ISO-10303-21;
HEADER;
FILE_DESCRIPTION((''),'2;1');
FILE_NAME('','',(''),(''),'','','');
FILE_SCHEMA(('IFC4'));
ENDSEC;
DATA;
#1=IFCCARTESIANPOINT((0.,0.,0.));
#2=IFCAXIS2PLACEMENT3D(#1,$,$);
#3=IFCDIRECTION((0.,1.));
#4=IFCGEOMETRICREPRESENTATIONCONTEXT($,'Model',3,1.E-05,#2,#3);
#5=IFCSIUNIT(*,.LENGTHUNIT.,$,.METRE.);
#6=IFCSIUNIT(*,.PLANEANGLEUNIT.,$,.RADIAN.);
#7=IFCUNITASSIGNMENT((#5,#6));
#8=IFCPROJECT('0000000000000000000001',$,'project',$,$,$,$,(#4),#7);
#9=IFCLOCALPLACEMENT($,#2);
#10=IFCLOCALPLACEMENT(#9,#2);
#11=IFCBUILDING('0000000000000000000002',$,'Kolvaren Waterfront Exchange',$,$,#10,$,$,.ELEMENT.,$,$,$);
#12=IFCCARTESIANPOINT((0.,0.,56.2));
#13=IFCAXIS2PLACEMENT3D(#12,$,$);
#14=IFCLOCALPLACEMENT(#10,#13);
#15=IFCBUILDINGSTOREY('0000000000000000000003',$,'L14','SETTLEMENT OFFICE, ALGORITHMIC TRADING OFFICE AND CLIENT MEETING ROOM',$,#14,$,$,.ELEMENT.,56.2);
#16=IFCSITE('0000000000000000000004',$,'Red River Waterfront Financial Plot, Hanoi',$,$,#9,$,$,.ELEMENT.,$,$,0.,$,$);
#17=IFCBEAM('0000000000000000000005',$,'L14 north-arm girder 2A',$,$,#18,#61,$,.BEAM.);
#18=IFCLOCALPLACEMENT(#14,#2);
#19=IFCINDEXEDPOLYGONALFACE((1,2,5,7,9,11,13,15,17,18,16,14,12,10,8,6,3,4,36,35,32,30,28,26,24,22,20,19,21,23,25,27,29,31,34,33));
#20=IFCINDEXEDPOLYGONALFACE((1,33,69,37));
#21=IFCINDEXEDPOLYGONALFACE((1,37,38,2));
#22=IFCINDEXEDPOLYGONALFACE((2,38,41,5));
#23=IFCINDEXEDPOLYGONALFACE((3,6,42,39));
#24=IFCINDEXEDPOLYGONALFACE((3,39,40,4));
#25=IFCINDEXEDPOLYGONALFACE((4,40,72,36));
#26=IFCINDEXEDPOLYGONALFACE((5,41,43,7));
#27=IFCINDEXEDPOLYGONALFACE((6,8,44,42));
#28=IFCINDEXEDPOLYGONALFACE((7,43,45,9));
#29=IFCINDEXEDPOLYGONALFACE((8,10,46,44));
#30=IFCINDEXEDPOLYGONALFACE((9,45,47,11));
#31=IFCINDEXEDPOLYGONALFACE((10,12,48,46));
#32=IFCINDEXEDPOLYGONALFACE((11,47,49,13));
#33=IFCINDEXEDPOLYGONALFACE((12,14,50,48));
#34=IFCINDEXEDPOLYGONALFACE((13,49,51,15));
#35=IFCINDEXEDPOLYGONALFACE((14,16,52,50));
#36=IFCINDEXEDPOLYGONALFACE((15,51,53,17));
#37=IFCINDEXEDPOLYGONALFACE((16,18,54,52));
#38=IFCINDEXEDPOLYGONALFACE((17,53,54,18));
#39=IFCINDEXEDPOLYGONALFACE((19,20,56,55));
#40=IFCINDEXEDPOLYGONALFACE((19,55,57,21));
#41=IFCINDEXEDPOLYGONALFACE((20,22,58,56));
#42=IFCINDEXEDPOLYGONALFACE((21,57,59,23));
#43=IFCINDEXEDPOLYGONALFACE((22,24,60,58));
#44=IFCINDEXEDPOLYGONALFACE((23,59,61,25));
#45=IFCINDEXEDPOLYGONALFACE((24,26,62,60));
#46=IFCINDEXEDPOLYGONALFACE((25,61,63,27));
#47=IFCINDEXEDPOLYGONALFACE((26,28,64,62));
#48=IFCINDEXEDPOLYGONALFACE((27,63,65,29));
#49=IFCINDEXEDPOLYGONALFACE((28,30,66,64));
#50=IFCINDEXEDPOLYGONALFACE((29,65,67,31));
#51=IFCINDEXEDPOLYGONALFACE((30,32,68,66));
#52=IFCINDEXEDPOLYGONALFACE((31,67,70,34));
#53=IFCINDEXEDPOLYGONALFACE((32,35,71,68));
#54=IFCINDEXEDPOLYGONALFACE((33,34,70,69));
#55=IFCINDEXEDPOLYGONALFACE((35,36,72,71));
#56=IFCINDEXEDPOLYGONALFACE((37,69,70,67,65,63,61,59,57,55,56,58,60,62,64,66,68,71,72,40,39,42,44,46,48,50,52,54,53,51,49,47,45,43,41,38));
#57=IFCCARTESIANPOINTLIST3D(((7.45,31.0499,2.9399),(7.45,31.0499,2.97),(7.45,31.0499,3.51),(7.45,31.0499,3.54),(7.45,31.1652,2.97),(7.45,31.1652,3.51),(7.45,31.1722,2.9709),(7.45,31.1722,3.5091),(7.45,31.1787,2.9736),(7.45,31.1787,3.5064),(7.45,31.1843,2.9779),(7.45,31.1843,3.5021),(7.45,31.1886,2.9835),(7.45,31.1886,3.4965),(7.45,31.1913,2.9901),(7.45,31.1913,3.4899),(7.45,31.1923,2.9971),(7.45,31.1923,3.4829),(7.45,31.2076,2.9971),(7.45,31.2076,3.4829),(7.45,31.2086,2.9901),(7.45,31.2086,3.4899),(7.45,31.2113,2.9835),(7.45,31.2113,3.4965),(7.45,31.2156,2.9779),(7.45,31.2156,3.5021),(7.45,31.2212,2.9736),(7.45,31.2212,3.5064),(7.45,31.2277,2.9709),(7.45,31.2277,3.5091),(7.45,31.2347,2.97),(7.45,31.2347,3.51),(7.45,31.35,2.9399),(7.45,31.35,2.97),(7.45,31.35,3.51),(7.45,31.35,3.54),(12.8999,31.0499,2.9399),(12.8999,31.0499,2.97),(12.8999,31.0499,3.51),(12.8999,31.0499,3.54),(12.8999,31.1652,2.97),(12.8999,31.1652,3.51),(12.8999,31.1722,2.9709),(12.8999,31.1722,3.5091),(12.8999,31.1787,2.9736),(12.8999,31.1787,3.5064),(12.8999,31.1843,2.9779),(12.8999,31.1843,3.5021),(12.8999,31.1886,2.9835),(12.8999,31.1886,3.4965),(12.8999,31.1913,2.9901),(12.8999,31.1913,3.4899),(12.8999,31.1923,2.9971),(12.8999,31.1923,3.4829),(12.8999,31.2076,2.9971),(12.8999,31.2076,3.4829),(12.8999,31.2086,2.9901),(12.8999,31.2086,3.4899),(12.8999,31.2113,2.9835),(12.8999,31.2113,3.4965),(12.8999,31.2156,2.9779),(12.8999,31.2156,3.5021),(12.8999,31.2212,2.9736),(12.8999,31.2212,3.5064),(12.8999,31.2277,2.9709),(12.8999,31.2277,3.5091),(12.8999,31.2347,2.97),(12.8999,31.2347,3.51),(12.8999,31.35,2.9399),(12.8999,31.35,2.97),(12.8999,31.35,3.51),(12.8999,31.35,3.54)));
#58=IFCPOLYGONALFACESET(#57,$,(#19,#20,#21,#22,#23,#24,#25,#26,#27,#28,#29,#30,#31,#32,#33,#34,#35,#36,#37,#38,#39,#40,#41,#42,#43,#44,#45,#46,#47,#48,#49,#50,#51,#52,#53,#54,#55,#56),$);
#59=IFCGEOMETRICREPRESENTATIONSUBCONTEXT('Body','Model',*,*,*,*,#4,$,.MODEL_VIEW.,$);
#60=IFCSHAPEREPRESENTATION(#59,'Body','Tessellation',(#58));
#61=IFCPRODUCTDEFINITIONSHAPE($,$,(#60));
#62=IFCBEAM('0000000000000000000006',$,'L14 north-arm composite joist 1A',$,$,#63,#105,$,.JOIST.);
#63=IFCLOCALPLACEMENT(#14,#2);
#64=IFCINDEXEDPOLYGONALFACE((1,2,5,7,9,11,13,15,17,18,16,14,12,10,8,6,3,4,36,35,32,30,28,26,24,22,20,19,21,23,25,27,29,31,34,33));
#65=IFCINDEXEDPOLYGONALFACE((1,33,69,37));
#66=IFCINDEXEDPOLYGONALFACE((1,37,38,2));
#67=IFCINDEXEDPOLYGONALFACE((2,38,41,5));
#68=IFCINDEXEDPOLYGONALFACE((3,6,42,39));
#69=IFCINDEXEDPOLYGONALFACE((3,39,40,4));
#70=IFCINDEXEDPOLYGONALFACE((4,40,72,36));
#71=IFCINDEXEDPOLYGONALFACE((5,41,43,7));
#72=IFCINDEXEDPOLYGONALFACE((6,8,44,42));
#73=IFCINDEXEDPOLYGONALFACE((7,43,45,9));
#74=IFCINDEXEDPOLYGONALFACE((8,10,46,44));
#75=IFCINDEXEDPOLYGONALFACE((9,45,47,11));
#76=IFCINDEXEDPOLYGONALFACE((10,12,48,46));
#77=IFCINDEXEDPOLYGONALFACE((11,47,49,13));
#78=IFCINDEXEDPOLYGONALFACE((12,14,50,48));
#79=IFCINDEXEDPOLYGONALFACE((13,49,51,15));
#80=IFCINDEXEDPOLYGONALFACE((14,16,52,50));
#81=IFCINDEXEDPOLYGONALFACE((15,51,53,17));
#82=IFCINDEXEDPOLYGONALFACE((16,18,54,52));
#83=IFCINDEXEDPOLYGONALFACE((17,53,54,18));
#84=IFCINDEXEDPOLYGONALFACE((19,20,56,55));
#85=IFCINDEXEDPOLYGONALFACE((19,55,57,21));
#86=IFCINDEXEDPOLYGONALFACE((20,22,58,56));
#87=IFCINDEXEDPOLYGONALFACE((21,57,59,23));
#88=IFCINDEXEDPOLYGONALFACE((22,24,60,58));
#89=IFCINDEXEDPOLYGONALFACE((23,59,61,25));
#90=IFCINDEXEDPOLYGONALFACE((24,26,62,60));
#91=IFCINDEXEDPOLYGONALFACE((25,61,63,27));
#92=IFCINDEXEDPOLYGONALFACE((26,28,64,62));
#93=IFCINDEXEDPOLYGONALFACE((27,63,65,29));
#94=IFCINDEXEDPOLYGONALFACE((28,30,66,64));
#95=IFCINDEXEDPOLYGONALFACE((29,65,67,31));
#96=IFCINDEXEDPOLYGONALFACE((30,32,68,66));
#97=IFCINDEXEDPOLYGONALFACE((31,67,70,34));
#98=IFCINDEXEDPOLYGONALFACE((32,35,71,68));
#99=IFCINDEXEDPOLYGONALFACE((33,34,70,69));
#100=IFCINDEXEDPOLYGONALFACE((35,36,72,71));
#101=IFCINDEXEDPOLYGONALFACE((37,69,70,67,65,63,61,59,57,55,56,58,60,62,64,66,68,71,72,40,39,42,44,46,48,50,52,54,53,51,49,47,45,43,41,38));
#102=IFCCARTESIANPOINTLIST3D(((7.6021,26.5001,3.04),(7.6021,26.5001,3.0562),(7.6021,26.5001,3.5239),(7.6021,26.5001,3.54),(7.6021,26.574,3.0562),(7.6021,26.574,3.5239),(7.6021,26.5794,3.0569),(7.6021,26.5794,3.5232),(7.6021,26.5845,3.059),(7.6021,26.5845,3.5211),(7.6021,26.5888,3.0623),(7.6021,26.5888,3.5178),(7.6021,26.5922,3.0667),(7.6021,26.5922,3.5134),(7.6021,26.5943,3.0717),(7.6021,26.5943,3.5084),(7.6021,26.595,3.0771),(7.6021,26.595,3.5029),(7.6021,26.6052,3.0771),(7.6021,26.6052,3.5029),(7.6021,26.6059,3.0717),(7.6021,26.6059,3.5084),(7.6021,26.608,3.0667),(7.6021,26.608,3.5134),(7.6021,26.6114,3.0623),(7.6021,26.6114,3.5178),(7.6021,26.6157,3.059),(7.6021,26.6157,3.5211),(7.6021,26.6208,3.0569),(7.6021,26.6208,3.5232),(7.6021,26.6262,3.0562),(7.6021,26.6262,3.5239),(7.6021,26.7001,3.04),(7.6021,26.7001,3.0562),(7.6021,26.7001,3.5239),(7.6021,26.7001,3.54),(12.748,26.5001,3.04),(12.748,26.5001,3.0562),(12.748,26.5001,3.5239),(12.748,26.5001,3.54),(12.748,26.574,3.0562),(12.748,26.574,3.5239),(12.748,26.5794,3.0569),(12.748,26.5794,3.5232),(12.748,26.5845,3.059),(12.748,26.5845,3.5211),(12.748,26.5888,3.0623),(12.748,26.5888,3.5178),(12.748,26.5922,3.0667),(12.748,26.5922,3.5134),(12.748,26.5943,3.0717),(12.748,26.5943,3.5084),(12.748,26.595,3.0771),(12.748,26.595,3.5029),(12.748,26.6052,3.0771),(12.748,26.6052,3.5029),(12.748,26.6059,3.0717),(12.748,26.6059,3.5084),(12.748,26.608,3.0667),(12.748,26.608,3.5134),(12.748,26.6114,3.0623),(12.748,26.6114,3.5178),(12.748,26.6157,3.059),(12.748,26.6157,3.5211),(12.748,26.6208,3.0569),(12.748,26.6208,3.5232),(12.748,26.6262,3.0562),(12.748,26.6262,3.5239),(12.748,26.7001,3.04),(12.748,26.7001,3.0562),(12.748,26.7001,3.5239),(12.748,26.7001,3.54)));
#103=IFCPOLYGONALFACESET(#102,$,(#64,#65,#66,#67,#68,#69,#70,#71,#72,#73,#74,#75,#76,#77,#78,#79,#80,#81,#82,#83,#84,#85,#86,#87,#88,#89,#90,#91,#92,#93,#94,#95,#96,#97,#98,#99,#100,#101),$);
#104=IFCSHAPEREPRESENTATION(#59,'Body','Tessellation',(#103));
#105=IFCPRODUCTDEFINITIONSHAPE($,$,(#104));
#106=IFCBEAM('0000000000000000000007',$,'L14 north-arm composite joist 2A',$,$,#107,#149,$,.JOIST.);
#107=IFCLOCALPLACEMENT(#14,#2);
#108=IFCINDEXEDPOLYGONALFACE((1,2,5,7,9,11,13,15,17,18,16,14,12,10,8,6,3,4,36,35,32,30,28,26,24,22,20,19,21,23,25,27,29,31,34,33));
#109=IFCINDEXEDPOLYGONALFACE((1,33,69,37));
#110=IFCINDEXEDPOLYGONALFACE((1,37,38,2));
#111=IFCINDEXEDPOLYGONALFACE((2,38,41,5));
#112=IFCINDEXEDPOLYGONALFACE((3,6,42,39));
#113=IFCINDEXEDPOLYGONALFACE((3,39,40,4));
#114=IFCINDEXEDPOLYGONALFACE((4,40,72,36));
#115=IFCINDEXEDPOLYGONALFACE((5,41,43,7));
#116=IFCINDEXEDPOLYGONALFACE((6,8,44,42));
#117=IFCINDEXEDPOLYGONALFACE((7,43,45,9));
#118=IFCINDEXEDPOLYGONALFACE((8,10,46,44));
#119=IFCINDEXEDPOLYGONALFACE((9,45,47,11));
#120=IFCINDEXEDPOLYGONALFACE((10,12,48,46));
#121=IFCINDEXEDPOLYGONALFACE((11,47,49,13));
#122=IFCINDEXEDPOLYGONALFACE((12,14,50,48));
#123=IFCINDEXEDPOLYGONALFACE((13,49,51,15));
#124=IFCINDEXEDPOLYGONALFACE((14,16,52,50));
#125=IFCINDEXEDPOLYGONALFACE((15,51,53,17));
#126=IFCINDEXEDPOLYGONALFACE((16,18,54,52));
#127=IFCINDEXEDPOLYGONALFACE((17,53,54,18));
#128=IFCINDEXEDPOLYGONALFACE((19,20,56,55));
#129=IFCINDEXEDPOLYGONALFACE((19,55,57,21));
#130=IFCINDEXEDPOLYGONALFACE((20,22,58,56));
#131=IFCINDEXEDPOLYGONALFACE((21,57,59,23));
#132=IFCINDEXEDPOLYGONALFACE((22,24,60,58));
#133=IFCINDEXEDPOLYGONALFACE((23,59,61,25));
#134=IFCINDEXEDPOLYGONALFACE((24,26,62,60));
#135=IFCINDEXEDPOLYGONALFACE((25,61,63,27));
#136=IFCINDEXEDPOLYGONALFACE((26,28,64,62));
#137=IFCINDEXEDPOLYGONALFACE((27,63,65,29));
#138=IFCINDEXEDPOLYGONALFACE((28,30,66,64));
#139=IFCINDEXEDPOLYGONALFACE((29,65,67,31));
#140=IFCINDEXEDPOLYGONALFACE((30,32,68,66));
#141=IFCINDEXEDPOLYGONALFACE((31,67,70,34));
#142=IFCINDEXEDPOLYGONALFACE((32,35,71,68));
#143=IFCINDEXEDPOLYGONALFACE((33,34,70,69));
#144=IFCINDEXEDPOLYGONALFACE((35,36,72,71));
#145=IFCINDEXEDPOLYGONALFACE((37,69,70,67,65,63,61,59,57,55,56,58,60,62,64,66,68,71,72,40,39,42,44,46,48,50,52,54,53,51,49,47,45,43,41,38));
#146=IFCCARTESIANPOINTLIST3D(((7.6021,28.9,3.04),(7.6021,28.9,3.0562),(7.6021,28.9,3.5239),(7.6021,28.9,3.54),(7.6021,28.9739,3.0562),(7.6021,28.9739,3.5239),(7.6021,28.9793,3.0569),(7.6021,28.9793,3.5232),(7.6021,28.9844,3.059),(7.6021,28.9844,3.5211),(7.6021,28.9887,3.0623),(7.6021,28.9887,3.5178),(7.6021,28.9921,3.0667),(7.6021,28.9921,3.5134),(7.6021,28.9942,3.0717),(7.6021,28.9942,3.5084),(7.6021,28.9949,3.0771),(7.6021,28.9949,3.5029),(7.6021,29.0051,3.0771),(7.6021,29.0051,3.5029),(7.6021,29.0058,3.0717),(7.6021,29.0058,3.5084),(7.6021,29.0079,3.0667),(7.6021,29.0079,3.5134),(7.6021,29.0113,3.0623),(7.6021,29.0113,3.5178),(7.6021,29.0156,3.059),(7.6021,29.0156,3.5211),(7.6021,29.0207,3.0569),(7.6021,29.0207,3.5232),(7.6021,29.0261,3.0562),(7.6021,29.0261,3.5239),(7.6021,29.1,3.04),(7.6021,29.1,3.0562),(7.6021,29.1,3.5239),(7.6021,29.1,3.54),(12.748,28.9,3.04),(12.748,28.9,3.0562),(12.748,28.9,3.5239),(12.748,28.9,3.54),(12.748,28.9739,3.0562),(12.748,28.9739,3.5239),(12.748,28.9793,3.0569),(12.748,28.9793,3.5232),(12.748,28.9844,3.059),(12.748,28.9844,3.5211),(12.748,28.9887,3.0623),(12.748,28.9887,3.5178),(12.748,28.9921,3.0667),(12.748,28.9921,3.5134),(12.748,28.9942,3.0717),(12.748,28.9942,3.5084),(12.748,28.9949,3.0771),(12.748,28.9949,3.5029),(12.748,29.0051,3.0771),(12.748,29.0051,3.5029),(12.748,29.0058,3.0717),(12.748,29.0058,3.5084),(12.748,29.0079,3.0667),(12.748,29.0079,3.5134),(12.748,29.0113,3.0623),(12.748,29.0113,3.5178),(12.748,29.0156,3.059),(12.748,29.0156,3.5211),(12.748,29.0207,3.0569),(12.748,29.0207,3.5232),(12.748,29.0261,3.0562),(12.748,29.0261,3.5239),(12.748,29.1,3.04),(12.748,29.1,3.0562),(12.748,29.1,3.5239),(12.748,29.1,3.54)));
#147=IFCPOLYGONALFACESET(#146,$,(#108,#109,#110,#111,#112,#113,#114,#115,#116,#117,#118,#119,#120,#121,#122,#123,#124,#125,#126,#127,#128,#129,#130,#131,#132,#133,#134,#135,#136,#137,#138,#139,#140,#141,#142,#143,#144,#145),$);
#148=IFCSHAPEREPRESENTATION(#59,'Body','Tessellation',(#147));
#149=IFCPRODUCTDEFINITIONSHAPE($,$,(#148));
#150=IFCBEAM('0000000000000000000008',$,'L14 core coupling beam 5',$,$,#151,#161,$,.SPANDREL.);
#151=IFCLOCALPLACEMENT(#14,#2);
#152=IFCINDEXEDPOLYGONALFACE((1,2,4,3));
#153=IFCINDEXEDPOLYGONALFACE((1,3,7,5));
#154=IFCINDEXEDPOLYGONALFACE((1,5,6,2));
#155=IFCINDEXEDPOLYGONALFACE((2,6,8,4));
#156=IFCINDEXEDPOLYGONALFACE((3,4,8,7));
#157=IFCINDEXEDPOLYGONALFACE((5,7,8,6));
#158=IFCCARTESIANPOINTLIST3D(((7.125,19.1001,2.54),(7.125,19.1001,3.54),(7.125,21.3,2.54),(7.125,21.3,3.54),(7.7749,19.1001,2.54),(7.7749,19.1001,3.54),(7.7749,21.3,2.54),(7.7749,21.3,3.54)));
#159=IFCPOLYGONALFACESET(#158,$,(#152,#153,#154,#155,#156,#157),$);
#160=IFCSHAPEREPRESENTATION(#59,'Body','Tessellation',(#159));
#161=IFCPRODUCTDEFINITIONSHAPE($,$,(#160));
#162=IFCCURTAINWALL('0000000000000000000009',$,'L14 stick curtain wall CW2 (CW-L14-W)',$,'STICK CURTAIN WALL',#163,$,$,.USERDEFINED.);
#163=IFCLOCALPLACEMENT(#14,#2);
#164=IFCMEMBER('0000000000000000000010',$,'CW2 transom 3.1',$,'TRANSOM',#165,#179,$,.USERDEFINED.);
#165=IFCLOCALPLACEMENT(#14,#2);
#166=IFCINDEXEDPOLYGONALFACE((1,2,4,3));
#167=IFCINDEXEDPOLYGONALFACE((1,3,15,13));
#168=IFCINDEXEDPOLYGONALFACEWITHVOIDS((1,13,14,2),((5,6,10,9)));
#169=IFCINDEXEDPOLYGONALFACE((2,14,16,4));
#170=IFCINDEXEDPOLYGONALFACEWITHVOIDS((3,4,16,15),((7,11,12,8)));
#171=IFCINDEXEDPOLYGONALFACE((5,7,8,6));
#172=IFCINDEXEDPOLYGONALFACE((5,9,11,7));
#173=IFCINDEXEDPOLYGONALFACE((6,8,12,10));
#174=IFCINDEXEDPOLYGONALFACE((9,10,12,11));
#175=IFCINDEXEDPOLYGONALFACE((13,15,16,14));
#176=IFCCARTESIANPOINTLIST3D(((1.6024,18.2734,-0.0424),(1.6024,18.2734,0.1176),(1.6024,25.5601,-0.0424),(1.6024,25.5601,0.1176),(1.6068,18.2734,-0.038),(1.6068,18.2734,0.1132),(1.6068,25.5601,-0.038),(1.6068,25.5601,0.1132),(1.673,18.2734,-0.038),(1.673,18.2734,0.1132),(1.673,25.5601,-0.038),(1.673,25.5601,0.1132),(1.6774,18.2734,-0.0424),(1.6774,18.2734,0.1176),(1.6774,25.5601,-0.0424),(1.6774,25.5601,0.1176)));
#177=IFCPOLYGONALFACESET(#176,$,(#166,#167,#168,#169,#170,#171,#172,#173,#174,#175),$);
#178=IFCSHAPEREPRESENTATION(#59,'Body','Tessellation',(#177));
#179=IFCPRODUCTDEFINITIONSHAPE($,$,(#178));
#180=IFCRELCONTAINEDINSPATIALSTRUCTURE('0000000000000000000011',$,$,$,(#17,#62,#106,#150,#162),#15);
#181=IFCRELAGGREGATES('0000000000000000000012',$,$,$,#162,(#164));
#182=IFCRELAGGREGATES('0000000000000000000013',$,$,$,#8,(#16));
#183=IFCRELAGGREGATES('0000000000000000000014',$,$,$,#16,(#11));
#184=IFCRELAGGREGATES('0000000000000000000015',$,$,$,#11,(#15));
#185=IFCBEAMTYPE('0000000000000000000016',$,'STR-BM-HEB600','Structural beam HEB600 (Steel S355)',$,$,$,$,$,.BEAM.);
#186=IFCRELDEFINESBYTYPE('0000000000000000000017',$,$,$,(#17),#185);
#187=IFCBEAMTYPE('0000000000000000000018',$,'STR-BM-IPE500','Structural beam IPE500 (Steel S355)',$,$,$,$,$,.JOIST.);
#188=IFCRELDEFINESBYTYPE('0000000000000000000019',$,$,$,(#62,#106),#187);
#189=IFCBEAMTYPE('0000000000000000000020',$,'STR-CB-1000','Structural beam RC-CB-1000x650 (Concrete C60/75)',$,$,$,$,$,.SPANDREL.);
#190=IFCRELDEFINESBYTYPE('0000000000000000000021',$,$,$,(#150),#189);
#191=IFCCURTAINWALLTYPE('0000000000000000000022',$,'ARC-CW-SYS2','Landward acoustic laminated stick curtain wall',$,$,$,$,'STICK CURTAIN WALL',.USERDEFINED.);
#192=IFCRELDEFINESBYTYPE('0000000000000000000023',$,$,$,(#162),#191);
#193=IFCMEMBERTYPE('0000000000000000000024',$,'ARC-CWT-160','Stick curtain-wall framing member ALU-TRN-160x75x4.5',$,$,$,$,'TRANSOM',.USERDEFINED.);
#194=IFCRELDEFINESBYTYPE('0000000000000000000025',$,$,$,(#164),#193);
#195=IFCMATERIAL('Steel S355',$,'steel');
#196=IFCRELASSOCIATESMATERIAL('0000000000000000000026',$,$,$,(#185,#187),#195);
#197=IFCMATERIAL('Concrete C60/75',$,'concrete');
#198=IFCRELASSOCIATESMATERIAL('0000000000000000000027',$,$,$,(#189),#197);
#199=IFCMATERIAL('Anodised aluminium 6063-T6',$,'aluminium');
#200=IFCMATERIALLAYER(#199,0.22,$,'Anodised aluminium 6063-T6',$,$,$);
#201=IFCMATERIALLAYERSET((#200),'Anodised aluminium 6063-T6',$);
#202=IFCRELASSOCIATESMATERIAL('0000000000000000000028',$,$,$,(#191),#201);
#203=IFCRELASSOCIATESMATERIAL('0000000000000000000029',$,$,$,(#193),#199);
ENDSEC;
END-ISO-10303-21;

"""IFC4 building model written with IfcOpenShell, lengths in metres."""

from ifc_helpers import new_model, si_unit, direction, frame, origin, origin_with_axes, origin_2d, place, context, subcontext, project, spatial, rectangle, hollow_rectangle, i_section, extrude, source, transform, mapped, material, layer, layer_set, material_profile, profile_set, type_object, element, aggregate, save


model = new_model("IFC4")

# Units and contexts
model_context = context("Model", 3, precision=1e-05, world=origin(), true_north=direction((0.0, 1.0)))
body_context = subcontext(model_context, "Body", "Model", "MODEL_VIEW")
ifc_project = project(units=[si_unit("LENGTHUNIT", "METRE"), si_unit("PLANEANGLEUNIT", "RADIAN")], contexts=[model_context])

# Site, building, storey
site_placement = place(None, origin())
site = spatial("IfcSite", under=ifc_project, at=site_placement, Name="Red River Waterfront Financial Plot, Hanoi", CompositionType="ELEMENT", RefElevation=0.0)
building_placement = place(site_placement, origin())
building = spatial("IfcBuilding", under=site, at=building_placement, Name="Kolvaren Waterfront Exchange", CompositionType="ELEMENT")
storey_placement = place(building_placement, frame((0.0, 0.0, 56.2)))
storey = spatial("IfcBuildingStorey", under=building, at=storey_placement, Name="L14", Description="SETTLEMENT OFFICE, ALGORITHMIC TRADING OFFICE AND CLIENT MEETING ROOM", CompositionType="ELEMENT", Elevation=56.2)

# Beams
ifc_material_1 = material(Name="Steel S355", Category="steel")
ifc_material_profile_1 = material_profile(ifc_material_1, i_section(OverallWidth=0.3, OverallDepth=0.6001, WebThickness=0.0154, FlangeThickness=0.03, FilletRadius=0.0271, at=origin_2d()), Name="HEB600")
ifc_profile_set_1 = profile_set([ifc_material_profile_1], Name="Steel S355")
beam_type_1 = type_object("IfcBeamType", Name="STR-BM-HEB600", Description="Structural beam HEB600 (Steel S355)", PredefinedType="BEAM", material=ifc_profile_set_1)
for number, where, z_axis, x_axis, name in (
    (1, (7.45, 31.2, 3.24), (1.0, 0.0, 0.0), (0.0, 1.0, 0.0), "L14 north-arm girder 2A"),
):
    element("IfcBeam", number, at=place(storey_placement, frame(where, z_axis=z_axis, x_axis=x_axis)), inside=storey, type_object=beam_type_1, Name=name, PredefinedType="BEAM", context=body_context, shape_type="SweptSolid", body=[
        extrude(i_section(OverallWidth=0.3, OverallDepth=0.6001, WebThickness=0.0154, FlangeThickness=0.03, FilletRadius=0.0271, at=origin_2d()), origin(), (0.0, 0.0, 1.0), 5.45),
    ])
ifc_material_profile_2 = material_profile(ifc_material_1, i_section(OverallWidth=0.2, OverallDepth=0.5, WebThickness=0.0103, FlangeThickness=0.0161, FilletRadius=0.021, at=origin_2d()), Name="IPE500")
ifc_profile_set_2 = profile_set([ifc_material_profile_2], Name="Steel S355")
beam_type_2 = type_object("IfcBeamType", Name="STR-BM-IPE500", Description="Structural beam IPE500 (Steel S355)", PredefinedType="JOIST", material=ifc_profile_set_2)
for number, where, z_axis, x_axis, name in (
    (2, (7.6021, 26.6001, 3.29), (1.0, 0.0, 0.0), (0.0, 1.0, 0.0), "L14 north-arm composite joist 1A"),
    (3, (7.6021, 29.0, 3.29), (1.0, 0.0, 0.0), (0.0, 1.0, 0.0), "L14 north-arm composite joist 2A"),
):
    element("IfcBeam", number, at=place(storey_placement, frame(where, z_axis=z_axis, x_axis=x_axis)), inside=storey, type_object=beam_type_2, Name=name, PredefinedType="JOIST", context=body_context, shape_type="SweptSolid", body=[
        extrude(i_section(OverallWidth=0.2, OverallDepth=0.5, WebThickness=0.0103, FlangeThickness=0.0161, FilletRadius=0.021, at=origin_2d()), origin(), (0.0, 0.0, 1.0), 5.146),
    ])
ifc_material_2 = material(Name="Concrete C60/75", Category="concrete")
ifc_material_profile_3 = material_profile(ifc_material_2, rectangle(XDim=0.6499, YDim=1.0, at=origin_2d()), Name="RC-CB-1000x650")
ifc_profile_set_3 = profile_set([ifc_material_profile_3], Name="Concrete C60/75")
beam_type_3 = type_object("IfcBeamType", Name="STR-CB-1000", Description="Structural beam RC-CB-1000x650 (Concrete C60/75)", PredefinedType="SPANDREL", material=ifc_profile_set_3)
beam_1_placement = place(storey_placement, frame((7.45, 19.1001, 3.04), z_axis=(0.0, 1.0, 0.0), x_axis=(-1.0, 0.0, 0.0)))
element("IfcBeam", 4, at=beam_1_placement, inside=storey, type_object=beam_type_3, Name="L14 core coupling beam 5", PredefinedType="SPANDREL", context=body_context, shape_type="SweptSolid", body=[
    extrude(rectangle(XDim=0.6499, YDim=1.0, at=origin_2d()), origin(), (0.0, 0.0, 1.0), 2.2),
])

# Curtain wall, member
ifc_material_3 = material(Name="Anodised aluminium 6063-T6", Category="aluminium")
ifc_layer_1 = layer(ifc_material_3, 0.22, Name="Anodised aluminium 6063-T6")
ifc_layer_set_1 = layer_set([ifc_layer_1], Name="Anodised aluminium 6063-T6")
curtain_wall_type = type_object("IfcCurtainWallType", Name="ARC-CW-SYS2", Description="Landward acoustic laminated stick curtain wall", ElementType="STICK CURTAIN WALL", PredefinedType="USERDEFINED", material=ifc_layer_set_1)
curtain_wall_placement = place(storey_placement, origin())
curtain_wall = element("IfcCurtainWall", 5, at=curtain_wall_placement, inside=storey, type_object=curtain_wall_type, Name="L14 stick curtain wall CW2 (CW-L14-W)", ObjectType="STICK CURTAIN WALL", PredefinedType="USERDEFINED")
ifc_material_profile_4 = material_profile(ifc_material_3, hollow_rectangle(XDim=0.075, YDim=0.1599, WallThickness=0.0044, at=origin_2d()), Name="ALU-TRN-160x75x4.5")
ifc_profile_set_4 = profile_set([ifc_material_profile_4], Name="Anodised aluminium 6063-T6")
member_type_1 = type_object("IfcMemberType", Name="ARC-CWT-160", Description="Stick curtain-wall framing member ALU-TRN-160x75x4.5", ElementType="TRANSOM", PredefinedType="USERDEFINED", material=ifc_profile_set_4)
shared_shape_1 = source(origin_with_axes(), body_context, "Body", "SweptSolid", [
    extrude(hollow_rectangle(XDim=0.075, YDim=0.1599, WallThickness=0.0044, at=origin_2d()), origin(), (0.0, 0.0, 1.0), 7.2866),
])
member_1_placement = place(storey_placement, frame((1.6399, 18.2734, 0.0376), z_axis=(0.0, 1.0, 0.0), x_axis=(-1.0, 0.0, 0.0)))
member_1 = element("IfcMember", 6, at=member_1_placement, type_object=member_type_1, Name="CW2 transom 3.1", ObjectType="TRANSOM", PredefinedType="USERDEFINED", context=body_context, shape_type="MappedRepresentation", body=[
    mapped(shared_shape_1, transform((0.0, 0.0, 0.0), x_axis=(1.0, 0.0, 0.0), y_axis=(0.0, 1.0, 0.0), z_axis=(0.0, 0.0, 1.0), scale=1.0)),
])
aggregate(curtain_wall, [member_1])

save(model, "model.ifc")
